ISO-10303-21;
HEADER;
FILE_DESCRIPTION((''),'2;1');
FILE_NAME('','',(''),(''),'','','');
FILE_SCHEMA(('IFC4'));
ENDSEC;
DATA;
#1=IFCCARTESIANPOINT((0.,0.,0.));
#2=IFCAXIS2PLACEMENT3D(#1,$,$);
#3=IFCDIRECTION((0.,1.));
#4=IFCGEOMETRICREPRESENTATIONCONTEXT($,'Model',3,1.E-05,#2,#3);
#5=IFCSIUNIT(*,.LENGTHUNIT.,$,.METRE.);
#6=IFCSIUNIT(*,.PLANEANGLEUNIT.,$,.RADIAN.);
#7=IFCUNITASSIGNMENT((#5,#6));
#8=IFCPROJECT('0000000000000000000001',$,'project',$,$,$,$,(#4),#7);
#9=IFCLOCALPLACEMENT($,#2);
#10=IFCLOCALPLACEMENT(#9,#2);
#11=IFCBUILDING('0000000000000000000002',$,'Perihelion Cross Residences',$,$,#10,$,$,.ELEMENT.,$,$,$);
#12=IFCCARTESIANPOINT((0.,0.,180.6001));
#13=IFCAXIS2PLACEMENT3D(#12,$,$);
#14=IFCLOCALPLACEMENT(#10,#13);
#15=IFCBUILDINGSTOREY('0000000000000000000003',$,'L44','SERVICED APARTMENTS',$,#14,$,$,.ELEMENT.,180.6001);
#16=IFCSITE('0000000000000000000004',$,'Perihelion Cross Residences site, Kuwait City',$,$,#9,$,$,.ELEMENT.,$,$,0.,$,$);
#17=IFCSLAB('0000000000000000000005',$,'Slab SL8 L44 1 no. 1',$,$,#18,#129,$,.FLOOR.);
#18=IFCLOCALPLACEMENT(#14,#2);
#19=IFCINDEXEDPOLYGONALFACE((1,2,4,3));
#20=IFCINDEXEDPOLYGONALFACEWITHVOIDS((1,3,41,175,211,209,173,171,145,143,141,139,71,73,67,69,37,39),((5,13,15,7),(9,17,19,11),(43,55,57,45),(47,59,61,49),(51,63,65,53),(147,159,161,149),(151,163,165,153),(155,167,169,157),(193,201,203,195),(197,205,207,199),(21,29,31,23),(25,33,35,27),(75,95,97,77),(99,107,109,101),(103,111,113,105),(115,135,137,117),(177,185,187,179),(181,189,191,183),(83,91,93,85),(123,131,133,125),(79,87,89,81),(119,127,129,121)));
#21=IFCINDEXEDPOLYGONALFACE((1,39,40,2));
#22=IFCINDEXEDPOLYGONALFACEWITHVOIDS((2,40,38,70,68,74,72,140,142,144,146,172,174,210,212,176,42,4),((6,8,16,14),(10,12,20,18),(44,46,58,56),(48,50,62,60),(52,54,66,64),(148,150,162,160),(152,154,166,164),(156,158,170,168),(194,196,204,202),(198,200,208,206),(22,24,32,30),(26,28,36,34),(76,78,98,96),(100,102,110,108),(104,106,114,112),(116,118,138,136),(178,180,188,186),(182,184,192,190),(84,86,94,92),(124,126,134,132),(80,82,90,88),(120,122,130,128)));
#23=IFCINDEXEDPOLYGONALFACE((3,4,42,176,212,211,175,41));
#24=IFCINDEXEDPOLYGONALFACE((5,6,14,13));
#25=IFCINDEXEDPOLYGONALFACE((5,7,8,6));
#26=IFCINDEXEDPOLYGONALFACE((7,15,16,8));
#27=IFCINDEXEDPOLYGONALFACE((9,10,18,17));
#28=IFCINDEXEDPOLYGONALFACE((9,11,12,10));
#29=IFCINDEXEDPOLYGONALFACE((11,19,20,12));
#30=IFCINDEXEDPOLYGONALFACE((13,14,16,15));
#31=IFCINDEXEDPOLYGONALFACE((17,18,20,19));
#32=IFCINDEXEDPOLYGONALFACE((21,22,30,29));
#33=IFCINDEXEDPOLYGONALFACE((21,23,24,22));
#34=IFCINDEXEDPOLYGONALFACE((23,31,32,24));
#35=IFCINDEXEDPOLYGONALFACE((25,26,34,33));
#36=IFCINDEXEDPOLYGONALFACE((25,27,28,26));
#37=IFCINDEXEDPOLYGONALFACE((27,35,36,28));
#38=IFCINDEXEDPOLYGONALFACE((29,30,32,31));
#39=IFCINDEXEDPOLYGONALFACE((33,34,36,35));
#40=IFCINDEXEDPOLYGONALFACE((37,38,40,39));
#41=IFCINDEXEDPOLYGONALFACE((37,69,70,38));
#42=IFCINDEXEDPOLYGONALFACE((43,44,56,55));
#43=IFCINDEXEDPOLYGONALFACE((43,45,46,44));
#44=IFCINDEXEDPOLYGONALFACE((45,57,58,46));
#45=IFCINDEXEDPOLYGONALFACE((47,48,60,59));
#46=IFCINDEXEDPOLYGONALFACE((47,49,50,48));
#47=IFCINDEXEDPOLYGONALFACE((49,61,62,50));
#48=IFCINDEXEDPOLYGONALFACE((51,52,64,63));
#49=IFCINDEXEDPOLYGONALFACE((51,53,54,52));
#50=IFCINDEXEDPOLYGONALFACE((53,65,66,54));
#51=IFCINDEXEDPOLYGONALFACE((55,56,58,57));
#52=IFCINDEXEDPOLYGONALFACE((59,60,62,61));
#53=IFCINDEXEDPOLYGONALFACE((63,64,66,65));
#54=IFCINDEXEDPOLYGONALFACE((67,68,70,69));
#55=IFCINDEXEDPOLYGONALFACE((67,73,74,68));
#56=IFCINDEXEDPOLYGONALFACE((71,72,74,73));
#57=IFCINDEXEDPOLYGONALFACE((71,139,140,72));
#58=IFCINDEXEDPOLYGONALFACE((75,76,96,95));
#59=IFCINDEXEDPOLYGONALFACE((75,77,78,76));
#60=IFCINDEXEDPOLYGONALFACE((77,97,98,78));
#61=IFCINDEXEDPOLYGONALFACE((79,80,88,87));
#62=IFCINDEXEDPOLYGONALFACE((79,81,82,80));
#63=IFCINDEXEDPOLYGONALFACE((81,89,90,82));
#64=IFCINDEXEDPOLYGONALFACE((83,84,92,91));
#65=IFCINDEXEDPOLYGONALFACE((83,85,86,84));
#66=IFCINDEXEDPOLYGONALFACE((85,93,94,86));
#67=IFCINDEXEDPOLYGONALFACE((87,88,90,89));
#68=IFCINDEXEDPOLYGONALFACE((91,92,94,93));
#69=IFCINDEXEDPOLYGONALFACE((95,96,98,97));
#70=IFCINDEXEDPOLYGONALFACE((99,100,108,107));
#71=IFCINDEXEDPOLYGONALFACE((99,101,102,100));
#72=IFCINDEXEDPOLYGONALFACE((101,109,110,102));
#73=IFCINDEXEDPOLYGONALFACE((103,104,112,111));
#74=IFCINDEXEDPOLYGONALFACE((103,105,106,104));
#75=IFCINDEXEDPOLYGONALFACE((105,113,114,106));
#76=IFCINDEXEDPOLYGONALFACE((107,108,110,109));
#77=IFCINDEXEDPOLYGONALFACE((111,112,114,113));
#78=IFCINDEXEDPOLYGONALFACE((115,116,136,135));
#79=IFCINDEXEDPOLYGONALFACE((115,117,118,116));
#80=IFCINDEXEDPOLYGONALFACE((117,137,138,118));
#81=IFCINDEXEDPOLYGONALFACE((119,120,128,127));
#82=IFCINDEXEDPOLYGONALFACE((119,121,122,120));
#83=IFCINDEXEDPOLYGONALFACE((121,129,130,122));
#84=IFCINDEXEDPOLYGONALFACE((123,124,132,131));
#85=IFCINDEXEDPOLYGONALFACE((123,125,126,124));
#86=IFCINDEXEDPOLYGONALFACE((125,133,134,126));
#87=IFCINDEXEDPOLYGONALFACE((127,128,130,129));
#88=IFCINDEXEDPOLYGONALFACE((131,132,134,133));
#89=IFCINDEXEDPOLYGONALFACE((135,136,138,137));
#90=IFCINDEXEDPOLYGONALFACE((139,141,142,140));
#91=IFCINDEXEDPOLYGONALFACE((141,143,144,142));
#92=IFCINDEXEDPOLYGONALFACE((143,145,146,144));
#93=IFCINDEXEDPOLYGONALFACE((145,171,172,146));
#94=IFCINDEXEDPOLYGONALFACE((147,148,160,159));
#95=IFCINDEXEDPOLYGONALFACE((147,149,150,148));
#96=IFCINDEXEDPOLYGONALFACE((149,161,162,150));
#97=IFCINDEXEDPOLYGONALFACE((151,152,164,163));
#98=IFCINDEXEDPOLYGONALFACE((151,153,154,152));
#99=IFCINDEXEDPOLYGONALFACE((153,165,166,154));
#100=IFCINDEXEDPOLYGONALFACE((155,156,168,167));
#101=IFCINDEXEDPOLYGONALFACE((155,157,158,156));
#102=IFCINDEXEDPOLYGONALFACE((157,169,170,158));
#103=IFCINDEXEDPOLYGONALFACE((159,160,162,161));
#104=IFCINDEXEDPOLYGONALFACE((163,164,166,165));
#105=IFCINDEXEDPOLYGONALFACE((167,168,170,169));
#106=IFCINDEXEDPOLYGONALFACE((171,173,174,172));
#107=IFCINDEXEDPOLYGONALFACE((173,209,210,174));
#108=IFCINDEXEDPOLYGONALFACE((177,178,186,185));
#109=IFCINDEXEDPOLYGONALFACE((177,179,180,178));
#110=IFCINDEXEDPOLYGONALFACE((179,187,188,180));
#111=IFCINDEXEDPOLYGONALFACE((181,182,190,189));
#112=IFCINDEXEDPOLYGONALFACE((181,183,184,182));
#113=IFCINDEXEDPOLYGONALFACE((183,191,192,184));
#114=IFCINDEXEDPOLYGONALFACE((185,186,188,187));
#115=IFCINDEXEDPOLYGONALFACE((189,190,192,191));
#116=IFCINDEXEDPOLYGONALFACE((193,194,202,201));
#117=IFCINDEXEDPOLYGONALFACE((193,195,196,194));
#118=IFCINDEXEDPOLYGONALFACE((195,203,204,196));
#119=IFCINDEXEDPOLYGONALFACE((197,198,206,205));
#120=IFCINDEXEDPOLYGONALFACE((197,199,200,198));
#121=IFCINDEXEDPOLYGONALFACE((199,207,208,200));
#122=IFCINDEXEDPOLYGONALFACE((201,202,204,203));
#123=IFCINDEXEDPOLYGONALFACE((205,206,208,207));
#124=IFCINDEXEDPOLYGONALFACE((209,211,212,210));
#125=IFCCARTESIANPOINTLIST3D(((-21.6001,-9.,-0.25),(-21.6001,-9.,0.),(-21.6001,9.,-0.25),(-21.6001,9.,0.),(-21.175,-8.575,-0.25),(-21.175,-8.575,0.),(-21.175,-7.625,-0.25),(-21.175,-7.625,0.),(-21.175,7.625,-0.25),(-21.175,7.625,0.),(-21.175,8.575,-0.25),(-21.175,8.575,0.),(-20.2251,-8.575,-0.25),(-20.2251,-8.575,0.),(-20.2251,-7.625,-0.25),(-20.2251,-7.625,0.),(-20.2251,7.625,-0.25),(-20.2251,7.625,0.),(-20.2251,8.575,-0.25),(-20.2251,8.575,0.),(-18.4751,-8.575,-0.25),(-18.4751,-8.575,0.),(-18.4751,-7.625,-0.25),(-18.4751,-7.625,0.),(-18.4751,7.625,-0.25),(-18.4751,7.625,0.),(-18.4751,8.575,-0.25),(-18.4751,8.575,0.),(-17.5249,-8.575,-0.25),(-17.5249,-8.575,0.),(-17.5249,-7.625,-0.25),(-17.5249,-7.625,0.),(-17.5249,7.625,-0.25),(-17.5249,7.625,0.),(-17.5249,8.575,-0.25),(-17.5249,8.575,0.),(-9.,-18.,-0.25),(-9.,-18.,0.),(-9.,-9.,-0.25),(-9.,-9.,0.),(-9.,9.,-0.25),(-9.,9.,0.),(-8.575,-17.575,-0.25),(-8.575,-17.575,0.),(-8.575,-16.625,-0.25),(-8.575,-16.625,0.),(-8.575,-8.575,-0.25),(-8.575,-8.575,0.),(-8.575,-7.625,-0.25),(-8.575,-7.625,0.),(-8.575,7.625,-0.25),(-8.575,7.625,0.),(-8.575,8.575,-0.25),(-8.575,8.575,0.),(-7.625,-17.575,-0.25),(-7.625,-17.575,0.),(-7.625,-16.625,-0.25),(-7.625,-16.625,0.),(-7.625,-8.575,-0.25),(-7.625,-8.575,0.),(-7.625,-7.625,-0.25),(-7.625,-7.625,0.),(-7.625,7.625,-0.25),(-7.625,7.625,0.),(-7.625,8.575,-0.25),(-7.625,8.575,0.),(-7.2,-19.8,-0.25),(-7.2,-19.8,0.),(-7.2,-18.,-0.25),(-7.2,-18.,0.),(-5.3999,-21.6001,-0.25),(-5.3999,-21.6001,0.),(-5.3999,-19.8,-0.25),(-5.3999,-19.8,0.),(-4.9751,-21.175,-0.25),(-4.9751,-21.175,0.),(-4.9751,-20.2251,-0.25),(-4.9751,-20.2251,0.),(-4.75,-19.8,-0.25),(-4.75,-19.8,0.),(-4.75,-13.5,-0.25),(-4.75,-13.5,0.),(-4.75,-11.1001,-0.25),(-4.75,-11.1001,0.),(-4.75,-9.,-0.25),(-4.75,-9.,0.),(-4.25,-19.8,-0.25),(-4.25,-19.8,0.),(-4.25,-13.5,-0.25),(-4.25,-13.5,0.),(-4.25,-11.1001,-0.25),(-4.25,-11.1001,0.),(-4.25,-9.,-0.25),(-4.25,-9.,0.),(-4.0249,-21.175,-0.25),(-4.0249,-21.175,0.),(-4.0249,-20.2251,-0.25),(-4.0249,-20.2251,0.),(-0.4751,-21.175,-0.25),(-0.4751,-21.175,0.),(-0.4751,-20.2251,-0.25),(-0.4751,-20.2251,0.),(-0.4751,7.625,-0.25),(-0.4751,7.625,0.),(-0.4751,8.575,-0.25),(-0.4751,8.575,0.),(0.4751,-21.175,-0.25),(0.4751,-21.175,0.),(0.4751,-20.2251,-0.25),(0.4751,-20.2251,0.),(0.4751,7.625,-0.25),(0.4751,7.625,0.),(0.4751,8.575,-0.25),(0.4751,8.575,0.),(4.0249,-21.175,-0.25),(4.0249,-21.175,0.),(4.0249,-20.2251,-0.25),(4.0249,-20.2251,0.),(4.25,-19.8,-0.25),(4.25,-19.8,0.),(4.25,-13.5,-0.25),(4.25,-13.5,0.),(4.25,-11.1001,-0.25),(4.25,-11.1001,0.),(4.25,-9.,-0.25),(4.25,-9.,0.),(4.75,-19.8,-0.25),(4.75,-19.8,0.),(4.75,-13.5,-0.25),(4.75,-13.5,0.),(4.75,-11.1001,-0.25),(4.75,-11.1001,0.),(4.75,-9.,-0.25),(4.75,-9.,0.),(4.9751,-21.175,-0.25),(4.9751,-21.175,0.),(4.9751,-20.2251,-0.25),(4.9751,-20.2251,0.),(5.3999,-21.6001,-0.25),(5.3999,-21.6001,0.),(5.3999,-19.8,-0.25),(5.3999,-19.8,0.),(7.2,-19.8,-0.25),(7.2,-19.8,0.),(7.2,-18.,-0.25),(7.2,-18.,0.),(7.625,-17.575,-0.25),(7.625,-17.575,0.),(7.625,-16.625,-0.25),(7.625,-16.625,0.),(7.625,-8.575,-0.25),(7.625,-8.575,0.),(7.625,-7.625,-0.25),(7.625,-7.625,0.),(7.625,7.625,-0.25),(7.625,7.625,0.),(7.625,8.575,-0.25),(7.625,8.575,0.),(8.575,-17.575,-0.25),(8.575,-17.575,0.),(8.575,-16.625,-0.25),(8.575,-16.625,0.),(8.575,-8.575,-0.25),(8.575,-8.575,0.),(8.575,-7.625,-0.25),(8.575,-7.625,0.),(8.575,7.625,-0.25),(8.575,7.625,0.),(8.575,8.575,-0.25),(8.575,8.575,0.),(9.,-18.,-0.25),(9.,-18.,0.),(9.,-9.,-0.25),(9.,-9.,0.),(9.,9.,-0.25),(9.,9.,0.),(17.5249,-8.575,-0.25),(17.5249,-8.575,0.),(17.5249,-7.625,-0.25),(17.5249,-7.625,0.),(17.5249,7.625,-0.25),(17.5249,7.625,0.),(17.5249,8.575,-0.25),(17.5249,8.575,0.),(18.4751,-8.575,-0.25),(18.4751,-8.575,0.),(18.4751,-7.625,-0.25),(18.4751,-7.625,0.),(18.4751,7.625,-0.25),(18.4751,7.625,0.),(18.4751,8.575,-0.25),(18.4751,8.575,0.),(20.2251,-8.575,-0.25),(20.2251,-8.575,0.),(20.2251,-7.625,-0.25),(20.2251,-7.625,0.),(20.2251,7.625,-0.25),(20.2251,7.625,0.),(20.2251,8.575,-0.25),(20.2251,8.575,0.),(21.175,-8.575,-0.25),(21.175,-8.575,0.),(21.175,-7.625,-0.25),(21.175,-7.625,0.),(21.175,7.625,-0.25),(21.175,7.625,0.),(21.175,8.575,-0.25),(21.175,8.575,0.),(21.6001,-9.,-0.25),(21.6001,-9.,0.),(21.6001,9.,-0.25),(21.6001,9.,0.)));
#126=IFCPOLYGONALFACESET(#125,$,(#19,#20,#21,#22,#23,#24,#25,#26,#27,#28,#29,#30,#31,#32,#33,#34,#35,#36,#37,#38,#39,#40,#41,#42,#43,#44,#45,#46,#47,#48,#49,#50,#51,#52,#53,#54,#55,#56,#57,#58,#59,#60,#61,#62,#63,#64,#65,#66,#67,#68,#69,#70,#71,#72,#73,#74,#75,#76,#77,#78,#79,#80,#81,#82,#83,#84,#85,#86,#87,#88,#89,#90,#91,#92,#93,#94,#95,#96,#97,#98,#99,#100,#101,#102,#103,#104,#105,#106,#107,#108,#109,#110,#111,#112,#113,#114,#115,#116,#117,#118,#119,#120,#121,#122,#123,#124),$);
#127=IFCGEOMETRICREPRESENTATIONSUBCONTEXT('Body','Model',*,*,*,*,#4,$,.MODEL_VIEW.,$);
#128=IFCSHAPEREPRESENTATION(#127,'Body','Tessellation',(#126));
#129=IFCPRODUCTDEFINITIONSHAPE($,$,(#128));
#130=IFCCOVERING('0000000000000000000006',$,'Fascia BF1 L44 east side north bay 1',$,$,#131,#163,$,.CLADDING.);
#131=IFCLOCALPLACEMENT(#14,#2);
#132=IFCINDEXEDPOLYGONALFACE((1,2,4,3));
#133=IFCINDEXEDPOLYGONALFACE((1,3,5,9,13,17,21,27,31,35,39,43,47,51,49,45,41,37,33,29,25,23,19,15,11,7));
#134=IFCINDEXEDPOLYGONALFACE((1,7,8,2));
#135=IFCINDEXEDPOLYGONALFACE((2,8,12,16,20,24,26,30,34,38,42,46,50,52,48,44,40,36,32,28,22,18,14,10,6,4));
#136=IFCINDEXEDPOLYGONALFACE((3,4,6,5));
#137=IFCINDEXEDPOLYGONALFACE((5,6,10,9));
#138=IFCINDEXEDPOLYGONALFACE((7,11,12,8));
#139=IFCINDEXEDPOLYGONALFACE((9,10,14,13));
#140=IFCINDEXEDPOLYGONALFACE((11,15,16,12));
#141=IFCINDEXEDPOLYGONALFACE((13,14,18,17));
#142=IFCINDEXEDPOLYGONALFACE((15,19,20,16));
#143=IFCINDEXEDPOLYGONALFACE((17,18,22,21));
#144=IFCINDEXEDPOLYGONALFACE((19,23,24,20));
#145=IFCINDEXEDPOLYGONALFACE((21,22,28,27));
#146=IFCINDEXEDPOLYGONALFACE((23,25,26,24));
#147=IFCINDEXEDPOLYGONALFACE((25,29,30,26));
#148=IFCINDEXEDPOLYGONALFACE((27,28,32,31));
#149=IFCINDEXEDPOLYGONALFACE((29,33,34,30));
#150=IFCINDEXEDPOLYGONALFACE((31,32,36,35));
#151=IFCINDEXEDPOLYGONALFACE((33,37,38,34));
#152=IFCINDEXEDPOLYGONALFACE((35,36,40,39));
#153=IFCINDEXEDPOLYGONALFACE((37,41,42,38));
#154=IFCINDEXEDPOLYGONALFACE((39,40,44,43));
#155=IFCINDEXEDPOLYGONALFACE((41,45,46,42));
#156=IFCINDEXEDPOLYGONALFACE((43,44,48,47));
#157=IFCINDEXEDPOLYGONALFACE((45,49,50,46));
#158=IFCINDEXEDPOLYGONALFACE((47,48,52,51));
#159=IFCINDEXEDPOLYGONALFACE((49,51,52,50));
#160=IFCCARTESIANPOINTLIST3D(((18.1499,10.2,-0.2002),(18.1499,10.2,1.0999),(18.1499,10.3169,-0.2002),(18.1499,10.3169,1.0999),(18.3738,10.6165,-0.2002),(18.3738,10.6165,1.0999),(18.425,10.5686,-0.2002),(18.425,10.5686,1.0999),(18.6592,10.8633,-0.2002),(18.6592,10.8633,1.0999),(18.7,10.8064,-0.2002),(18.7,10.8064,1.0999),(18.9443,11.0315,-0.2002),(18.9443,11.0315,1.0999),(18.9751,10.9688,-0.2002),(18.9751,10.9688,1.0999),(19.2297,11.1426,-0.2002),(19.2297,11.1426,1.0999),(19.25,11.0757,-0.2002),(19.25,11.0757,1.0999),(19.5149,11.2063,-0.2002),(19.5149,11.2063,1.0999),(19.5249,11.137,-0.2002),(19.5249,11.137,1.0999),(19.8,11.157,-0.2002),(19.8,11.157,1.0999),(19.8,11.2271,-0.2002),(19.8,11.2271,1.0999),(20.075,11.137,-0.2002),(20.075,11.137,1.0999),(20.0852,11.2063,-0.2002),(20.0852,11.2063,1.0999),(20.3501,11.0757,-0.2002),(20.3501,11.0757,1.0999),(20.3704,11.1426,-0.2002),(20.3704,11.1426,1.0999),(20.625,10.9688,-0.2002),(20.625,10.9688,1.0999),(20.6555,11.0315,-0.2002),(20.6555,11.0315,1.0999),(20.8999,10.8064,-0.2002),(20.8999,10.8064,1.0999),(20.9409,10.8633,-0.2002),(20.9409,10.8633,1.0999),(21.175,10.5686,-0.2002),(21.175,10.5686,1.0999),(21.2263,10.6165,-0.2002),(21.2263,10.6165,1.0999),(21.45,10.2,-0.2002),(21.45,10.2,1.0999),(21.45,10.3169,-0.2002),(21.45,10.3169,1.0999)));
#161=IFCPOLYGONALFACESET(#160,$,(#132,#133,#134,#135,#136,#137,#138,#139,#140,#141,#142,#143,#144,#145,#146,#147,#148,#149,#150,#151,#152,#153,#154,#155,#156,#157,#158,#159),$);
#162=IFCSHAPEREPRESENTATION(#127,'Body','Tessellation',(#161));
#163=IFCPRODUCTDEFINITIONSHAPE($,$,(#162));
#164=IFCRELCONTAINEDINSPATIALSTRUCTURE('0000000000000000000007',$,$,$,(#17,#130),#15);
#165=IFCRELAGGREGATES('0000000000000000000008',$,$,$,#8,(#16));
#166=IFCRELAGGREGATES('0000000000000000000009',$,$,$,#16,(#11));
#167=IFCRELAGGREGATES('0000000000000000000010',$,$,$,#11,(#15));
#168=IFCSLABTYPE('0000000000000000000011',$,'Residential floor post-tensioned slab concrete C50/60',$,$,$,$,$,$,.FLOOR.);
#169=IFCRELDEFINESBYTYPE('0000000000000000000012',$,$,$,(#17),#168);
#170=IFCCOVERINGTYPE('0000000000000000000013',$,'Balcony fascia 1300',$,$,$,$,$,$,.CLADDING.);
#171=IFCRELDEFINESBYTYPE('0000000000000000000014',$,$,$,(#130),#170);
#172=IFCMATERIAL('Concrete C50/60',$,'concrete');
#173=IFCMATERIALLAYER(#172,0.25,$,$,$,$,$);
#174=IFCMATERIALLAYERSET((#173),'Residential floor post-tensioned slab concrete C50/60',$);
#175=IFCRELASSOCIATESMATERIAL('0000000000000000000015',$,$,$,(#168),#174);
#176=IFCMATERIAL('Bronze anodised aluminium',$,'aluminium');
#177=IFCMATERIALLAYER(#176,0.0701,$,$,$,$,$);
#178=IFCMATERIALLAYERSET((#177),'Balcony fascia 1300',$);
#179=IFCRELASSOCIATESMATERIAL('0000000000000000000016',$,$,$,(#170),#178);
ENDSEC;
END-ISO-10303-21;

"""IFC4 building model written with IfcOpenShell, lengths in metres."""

from ifc_helpers import new_model, si_unit, direction, frame, origin, place, context, subcontext, project, spatial, polyline, outline, extrude, material, layer, layer_set, type_object, element, save


model = new_model("IFC4")

# Units and contexts
model_context = context("Model", 3, precision=1e-05, world=origin(), true_north=direction((0.0, 1.0)))
body_context = subcontext(model_context, "Body", "Model", "MODEL_VIEW")
ifc_project = project(units=[si_unit("LENGTHUNIT", "METRE"), si_unit("PLANEANGLEUNIT", "RADIAN")], contexts=[model_context])

# Site, building, storey
site_placement = place(None, origin())
site = spatial("IfcSite", under=ifc_project, at=site_placement, Name="Perihelion Cross Residences site, Kuwait City", CompositionType="ELEMENT", RefElevation=0.0)
building_placement = place(site_placement, origin())
building = spatial("IfcBuilding", under=site, at=building_placement, Name="Perihelion Cross Residences", CompositionType="ELEMENT")
storey_placement = place(building_placement, frame((0.0, 0.0, 180.6001)))
storey = spatial("IfcBuildingStorey", under=building, at=storey_placement, Name="L44", Description="SERVICED APARTMENTS", CompositionType="ELEMENT", Elevation=180.6001)

# Slab
ifc_material_1 = material(Name="Concrete C50/60", Category="concrete")
ifc_layer_1 = layer(ifc_material_1, 0.25)
ifc_layer_set_1 = layer_set([ifc_layer_1], Name="Residential floor post-tensioned slab concrete C50/60")
slab_type_1 = type_object("IfcSlabType", Name="Residential floor post-tensioned slab concrete C50/60", PredefinedType="FLOOR", material=ifc_layer_set_1)
slab_1_placement = place(storey_placement, frame((0.0, 0.0, -0.25)))
element("IfcSlab", 1, at=slab_1_placement, inside=storey, type_object=slab_type_1, Name="Slab SL8 L44 1 no. 1", PredefinedType="FLOOR", context=body_context, shape_type="SweptSolid", body=[
    extrude(outline(polyline([(-9.0, 9.0), (9.0, 9.0), (21.6001, 9.0), (21.6001, -9.0), (9.0, -9.0), (9.0, -18.0), (7.2, -18.0), (7.2, -19.8), (5.3999, -19.8), (5.3999, -21.6001), (-5.3999, -21.6001), (-5.3999, -19.8), (-7.2, -19.8), (-7.2, -18.0), (-9.0, -18.0), (-9.0, -9.0), (-21.6001, -9.0), (-21.6001, 9.0), (-9.0, 9.0)]), holes=[polyline([(-4.0249, -20.2251), (-4.9751, -20.2251), (-4.9751, -21.175), (-4.0249, -21.175), (-4.0249, -20.2251)]), polyline([(0.4751, -21.175), (0.4751, -20.2251), (-0.4751, -20.2251), (-0.4751, -21.175), (0.4751, -21.175)]), polyline([(-7.625, -17.575), (-7.625, -16.625), (-8.575, -16.625), (-8.575, -17.575), (-7.625, -17.575)]), polyline([(-4.25, -13.5), (-4.75, -13.5), (-4.75, -19.8), (-4.25, -19.8), (-4.25, -13.5)]), polyline([(-4.25, -11.1001), (-4.25, -9.0), (-4.75, -9.0), (-4.75, -11.1001), (-4.25, -11.1001)]), polyline([(-20.2251, -8.575), (-20.2251, -7.625), (-21.175, -7.625), (-21.175, -8.575), (-20.2251, -8.575)]), polyline([(-17.5249, -7.625), (-18.4751, -7.625), (-18.4751, -8.575), (-17.5249, -8.575), (-17.5249, -7.625)]), polyline([(-7.625, -8.575), (-7.625, -7.625), (-8.575, -7.625), (-8.575, -8.575), (-7.625, -8.575)]), polyline([(-20.2251, 8.575), (-21.175, 8.575), (-21.175, 7.625), (-20.2251, 7.625), (-20.2251, 8.575)]), polyline([(-17.5249, 7.625), (-17.5249, 8.575), (-18.4751, 8.575), (-18.4751, 7.625), (-17.5249, 7.625)]), polyline([(-7.625, 7.625), (-7.625, 8.575), (-8.575, 8.575), (-8.575, 7.625), (-7.625, 7.625)]), polyline([(4.9751, -20.2251), (4.0249, -20.2251), (4.0249, -21.175), (4.9751, -21.175), (4.9751, -20.2251)]), polyline([(8.575, -17.575), (8.575, -16.625), (7.625, -16.625), (7.625, -17.575), (8.575, -17.575)]), polyline([(4.75, -19.8), (4.75, -13.5), (4.25, -13.5), (4.25, -19.8), (4.75, -19.8)]), polyline([(4.75, -9.0), (4.25, -9.0), (4.25, -11.1001), (4.75, -11.1001), (4.75, -9.0)]), polyline([(8.575, -8.575), (8.575, -7.625), (7.625, -7.625), (7.625, -8.575), (8.575, -8.575)]), polyline([(18.4751, -8.575), (18.4751, -7.625), (17.5249, -7.625), (17.5249, -8.575), (18.4751, -8.575)]), polyline([(21.175, -7.625), (20.2251, -7.625), (20.2251, -8.575), (21.175, -8.575), (21.175, -7.625)]), polyline([(0.4751, 7.625), (0.4751, 8.575), (-0.4751, 8.575), (-0.4751, 7.625), (0.4751, 7.625)]), polyline([(8.575, 8.575), (7.625, 8.575), (7.625, 7.625), (8.575, 7.625), (8.575, 8.575)]), polyline([(18.4751, 7.625), (18.4751, 8.575), (17.5249, 8.575), (17.5249, 7.625), (18.4751, 7.625)]), polyline([(21.175, 7.625), (21.175, 8.575), (20.2251, 8.575), (20.2251, 7.625), (21.175, 7.625)])]), origin(), (0.0, 0.0, 1.0), 0.25),
])

# Covering
ifc_material_2 = material(Name="Bronze anodised aluminium", Category="aluminium")
ifc_layer_2 = layer(ifc_material_2, 0.0701)
ifc_layer_set_2 = layer_set([ifc_layer_2], Name="Balcony fascia 1300")
covering_type = type_object("IfcCoveringType", Name="Balcony fascia 1300", PredefinedType="CLADDING", material=ifc_layer_set_2)
covering_1_placement = place(storey_placement, frame((0.0, 0.0, -0.2002)))
element("IfcCovering", 2, at=covering_1_placement, inside=storey, type_object=covering_type, Name="Fascia BF1 L44 east side north bay 1", PredefinedType="CLADDING", context=body_context, shape_type="SweptSolid", body=[
    extrude(outline(polyline([(21.2263, 10.6165), (20.9409, 10.8633), (20.6555, 11.0315), (20.3704, 11.1426), (20.0852, 11.2063), (19.8, 11.2271), (19.5149, 11.2063), (19.2297, 11.1426), (18.9443, 11.0315), (18.6592, 10.8633), (18.3738, 10.6165), (18.1499, 10.3169), (18.1499, 10.2), (18.425, 10.5686), (18.7, 10.8064), (18.9751, 10.9688), (19.25, 11.0757), (19.5249, 11.137), (19.8, 11.157), (20.075, 11.137), (20.3501, 11.0757), (20.625, 10.9688), (20.8999, 10.8064), (21.175, 10.5686), (21.45, 10.2), (21.45, 10.3169), (21.2263, 10.6165)])), origin(), (0.0, 0.0, 1.0), 1.3),
])

save(model, "model.ifc")
